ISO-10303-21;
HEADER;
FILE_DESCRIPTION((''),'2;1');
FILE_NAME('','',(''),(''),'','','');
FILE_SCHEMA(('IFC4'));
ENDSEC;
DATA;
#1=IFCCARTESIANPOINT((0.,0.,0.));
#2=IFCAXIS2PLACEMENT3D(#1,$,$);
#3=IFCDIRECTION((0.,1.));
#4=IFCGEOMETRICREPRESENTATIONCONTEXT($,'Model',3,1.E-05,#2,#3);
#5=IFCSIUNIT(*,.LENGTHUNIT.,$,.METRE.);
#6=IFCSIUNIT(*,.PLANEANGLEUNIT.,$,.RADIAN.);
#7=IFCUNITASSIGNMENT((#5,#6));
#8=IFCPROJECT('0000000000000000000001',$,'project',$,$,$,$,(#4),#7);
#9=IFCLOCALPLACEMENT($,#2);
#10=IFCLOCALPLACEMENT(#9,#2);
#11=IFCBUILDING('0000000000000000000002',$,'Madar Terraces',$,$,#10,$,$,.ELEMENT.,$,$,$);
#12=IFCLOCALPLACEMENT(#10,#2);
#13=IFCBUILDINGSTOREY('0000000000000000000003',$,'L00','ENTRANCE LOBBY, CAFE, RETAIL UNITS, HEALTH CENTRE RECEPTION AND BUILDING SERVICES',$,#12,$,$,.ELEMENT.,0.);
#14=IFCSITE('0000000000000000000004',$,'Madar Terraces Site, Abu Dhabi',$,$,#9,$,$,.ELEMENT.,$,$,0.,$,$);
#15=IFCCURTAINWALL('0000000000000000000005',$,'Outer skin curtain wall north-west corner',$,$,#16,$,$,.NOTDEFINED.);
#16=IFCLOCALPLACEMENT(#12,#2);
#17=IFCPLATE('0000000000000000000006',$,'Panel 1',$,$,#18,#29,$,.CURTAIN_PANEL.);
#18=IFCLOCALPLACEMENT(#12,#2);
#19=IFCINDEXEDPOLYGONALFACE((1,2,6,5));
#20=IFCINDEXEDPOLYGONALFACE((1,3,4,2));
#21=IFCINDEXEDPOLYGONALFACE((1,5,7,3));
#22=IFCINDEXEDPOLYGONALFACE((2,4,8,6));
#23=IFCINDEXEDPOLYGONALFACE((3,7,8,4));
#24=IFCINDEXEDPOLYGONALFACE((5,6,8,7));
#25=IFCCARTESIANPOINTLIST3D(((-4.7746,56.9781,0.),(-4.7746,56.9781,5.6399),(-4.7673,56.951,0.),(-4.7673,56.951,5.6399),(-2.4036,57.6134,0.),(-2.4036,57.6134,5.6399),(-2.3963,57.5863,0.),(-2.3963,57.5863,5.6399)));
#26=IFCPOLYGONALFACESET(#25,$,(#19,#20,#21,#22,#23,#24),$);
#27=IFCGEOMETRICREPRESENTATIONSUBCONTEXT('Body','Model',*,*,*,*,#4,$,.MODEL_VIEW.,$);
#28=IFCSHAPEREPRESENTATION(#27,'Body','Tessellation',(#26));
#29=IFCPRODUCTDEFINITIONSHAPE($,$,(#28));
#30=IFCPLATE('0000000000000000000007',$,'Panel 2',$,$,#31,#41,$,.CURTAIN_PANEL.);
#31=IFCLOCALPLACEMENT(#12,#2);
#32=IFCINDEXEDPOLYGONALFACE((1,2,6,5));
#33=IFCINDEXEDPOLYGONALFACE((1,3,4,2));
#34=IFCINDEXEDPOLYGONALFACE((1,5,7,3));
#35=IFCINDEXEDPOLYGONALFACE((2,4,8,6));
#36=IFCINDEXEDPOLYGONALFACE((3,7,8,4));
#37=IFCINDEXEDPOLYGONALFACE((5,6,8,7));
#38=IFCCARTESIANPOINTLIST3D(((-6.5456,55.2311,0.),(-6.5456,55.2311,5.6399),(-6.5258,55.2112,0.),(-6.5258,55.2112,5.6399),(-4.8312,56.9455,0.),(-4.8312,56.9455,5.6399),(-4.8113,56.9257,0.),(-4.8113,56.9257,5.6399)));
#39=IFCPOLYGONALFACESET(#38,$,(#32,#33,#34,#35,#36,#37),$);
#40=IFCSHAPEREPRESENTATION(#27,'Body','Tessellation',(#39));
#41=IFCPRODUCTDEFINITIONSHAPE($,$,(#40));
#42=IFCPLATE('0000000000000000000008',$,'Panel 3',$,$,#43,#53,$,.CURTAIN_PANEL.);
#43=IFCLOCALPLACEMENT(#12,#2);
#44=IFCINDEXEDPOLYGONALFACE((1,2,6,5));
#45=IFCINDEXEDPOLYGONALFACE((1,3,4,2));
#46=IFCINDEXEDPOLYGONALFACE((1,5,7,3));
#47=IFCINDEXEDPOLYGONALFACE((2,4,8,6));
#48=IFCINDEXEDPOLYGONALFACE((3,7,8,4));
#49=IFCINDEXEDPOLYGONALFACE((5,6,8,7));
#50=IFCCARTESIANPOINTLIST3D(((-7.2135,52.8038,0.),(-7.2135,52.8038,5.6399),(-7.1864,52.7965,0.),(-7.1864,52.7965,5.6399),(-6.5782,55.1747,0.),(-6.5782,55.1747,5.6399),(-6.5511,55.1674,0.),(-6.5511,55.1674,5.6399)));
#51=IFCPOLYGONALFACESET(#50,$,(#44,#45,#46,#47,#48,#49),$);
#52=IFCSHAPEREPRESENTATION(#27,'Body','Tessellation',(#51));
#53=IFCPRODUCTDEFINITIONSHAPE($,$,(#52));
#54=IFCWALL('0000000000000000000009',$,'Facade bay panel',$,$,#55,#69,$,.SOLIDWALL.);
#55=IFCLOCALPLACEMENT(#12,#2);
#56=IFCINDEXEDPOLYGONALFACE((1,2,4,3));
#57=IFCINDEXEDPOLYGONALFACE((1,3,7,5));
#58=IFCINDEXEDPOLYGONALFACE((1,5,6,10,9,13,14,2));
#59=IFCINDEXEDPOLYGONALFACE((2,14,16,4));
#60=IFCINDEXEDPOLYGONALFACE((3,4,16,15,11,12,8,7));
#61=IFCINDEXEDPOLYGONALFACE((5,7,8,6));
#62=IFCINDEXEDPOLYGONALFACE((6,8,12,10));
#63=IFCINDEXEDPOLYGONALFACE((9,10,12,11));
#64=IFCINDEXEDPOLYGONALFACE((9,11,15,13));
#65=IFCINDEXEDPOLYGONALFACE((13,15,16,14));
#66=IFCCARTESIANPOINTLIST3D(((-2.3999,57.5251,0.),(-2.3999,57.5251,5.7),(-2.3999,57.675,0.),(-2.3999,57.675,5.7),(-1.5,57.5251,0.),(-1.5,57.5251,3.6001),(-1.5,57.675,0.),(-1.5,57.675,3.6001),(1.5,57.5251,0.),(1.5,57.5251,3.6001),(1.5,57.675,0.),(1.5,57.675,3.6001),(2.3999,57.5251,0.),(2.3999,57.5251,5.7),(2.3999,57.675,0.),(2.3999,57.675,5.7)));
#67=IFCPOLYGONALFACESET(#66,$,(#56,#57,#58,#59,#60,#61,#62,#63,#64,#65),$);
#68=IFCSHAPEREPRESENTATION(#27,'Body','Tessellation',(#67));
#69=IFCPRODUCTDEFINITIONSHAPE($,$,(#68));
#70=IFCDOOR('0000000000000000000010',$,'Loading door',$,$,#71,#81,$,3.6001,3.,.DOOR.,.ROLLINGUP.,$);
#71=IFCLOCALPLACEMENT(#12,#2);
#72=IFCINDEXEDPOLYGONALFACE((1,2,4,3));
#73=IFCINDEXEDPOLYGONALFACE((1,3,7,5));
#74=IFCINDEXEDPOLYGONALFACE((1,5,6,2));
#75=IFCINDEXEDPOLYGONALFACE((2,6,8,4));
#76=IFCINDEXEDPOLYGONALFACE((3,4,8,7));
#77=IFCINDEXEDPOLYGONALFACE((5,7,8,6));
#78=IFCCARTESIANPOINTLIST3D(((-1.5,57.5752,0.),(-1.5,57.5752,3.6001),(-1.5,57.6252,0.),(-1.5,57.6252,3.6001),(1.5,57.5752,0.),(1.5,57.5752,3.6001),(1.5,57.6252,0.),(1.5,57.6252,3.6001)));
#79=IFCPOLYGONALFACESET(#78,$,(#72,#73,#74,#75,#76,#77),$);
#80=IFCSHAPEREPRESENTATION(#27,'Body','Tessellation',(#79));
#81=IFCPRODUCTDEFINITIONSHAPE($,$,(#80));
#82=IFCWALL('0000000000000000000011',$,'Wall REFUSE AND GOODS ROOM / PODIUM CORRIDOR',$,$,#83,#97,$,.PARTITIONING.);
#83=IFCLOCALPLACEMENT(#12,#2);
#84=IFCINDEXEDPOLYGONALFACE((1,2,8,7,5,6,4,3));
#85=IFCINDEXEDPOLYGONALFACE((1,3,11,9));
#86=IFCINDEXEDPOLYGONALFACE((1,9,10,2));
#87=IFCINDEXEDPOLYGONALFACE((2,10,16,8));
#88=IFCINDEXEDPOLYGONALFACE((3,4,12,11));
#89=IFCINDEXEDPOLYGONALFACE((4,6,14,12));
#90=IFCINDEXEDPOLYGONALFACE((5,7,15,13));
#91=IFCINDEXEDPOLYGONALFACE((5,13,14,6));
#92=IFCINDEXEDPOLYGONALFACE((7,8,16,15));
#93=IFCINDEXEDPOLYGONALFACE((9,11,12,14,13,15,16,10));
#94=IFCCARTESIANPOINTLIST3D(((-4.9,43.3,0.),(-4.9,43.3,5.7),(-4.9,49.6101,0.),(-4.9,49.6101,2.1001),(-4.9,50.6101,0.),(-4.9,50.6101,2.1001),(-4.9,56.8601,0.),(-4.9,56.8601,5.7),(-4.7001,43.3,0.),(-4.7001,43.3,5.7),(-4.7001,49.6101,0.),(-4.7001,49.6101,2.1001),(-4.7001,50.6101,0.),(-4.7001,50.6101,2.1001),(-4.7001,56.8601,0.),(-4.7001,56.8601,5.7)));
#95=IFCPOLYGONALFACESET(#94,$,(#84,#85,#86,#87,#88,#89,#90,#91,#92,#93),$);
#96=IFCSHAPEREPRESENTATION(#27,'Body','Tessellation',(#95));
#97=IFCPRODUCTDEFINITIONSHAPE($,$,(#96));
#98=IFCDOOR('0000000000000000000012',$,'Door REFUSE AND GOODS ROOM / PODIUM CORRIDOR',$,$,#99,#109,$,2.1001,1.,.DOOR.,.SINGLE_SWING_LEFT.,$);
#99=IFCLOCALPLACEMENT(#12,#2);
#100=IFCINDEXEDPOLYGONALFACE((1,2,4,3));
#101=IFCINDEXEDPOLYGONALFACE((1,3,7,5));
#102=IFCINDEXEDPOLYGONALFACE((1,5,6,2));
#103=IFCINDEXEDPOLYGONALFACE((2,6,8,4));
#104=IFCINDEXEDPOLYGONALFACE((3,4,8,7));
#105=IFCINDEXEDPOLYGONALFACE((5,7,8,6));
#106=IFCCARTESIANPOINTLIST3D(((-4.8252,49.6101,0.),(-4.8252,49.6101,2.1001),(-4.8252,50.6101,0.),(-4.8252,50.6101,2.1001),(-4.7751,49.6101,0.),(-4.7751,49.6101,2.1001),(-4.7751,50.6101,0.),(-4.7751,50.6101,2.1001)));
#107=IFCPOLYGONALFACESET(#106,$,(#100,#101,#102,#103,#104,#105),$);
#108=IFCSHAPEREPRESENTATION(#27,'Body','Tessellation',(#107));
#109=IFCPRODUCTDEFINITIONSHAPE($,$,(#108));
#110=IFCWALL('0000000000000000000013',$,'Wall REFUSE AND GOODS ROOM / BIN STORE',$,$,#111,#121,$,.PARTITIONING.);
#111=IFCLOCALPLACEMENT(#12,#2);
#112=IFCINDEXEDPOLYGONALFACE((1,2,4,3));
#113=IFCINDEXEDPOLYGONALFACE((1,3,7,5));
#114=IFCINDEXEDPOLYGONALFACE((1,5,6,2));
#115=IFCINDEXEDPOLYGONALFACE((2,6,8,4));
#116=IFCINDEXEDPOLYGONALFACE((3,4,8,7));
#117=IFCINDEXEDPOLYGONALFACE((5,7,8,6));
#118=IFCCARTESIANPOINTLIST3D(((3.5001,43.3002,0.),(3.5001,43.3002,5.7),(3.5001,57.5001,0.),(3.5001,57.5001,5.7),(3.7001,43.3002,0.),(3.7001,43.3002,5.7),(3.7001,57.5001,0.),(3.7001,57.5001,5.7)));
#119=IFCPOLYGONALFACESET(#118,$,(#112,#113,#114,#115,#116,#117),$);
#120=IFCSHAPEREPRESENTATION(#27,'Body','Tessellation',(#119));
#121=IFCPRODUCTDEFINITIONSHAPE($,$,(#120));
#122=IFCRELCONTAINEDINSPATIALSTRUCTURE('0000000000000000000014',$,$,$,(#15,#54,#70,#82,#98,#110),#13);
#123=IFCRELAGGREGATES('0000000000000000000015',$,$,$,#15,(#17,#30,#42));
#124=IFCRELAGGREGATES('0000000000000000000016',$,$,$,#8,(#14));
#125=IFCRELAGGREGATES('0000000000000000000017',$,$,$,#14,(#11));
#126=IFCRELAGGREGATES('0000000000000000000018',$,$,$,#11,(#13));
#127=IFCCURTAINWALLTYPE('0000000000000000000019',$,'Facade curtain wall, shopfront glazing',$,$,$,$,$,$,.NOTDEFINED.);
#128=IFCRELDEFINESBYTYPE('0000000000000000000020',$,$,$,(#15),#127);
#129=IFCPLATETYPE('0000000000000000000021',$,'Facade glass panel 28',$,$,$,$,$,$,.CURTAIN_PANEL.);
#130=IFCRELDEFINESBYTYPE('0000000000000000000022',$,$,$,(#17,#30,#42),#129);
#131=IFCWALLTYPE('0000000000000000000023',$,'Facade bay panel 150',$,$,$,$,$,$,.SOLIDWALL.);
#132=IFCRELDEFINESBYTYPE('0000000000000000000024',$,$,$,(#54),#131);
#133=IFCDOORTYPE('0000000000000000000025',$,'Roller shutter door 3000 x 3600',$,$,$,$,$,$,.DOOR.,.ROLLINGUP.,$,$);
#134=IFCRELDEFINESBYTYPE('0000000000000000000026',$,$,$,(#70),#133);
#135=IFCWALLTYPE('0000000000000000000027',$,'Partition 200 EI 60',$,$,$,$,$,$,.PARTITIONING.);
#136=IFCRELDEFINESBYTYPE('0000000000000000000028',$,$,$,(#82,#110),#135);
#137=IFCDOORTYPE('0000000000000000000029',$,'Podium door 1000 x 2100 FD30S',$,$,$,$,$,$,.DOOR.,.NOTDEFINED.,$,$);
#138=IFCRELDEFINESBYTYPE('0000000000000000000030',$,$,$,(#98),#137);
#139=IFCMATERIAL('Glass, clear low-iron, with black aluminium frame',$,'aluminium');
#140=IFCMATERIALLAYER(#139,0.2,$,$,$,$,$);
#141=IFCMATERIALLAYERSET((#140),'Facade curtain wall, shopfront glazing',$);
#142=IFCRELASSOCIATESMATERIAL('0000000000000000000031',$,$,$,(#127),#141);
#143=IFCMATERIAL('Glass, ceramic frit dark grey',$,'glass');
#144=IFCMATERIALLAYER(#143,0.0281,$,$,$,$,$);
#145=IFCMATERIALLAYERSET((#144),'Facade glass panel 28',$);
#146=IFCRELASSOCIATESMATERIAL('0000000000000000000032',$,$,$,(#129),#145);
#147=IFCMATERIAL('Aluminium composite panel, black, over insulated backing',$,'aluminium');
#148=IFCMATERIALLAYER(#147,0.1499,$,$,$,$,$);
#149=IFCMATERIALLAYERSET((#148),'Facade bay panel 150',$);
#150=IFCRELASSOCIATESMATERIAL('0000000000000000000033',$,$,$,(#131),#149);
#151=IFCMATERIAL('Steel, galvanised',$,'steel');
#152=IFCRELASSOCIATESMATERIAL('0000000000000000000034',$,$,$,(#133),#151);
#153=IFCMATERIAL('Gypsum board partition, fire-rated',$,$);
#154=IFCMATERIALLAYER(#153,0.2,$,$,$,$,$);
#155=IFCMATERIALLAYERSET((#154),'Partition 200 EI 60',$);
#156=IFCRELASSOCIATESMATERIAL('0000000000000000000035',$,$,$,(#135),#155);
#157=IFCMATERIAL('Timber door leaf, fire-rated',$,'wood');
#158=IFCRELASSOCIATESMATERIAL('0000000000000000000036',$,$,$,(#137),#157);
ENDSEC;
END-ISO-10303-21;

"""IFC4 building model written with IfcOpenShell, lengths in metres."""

from ifc_helpers import new_model, si_unit, direction, frame, frame_2d, origin, origin_2d, place, context, subcontext, project, spatial, rectangle, extrude, material, layer, layer_set, type_object, element, fill, aggregate, save


model = new_model("IFC4")

# Units and contexts
model_context = context("Model", 3, precision=1e-05, world=origin(), true_north=direction((0.0, 1.0)))
body_context = subcontext(model_context, "Body", "Model", "MODEL_VIEW")
ifc_project = project(units=[si_unit("LENGTHUNIT", "METRE"), si_unit("PLANEANGLEUNIT", "RADIAN")], contexts=[model_context])

# Site, building, storey
site_placement = place(None, origin())
site = spatial("IfcSite", under=ifc_project, at=site_placement, Name="Madar Terraces Site, Abu Dhabi", CompositionType="ELEMENT", RefElevation=0.0)
building_placement = place(site_placement, origin())
building = spatial("IfcBuilding", under=site, at=building_placement, Name="Madar Terraces", CompositionType="ELEMENT")
storey_placement = place(building_placement, origin())
storey = spatial("IfcBuildingStorey", under=building, at=storey_placement, Name="L00", Description="ENTRANCE LOBBY, CAFE, RETAIL UNITS, HEALTH CENTRE RECEPTION AND BUILDING SERVICES", CompositionType="ELEMENT", Elevation=0.0)

# Shared definitions
ifc_material_1 = material(Name="Glass, clear low-iron, with black aluminium frame", Category="aluminium")
ifc_layer_1 = layer(ifc_material_1, 0.2)
ifc_layer_set_1 = layer_set([ifc_layer_1], Name="Facade curtain wall, shopfront glazing")
curtain_wall_type = type_object("IfcCurtainWallType", Name="Facade curtain wall, shopfront glazing", PredefinedType="NOTDEFINED", material=ifc_layer_set_1)

# Curtain wall
curtain_wall_1_placement = place(storey_placement, origin())
curtain_wall_1 = element("IfcCurtainWall", 1, at=curtain_wall_1_placement, inside=storey, type_object=curtain_wall_type, Name="Outer skin curtain wall north-west corner", PredefinedType="NOTDEFINED")

# Plates
ifc_material_2 = material(Name="Glass, ceramic frit dark grey", Category="glass")
ifc_layer_2 = layer(ifc_material_2, 0.0281)
ifc_layer_set_2 = layer_set([ifc_layer_2], Name="Facade glass panel 28")
plate_type = type_object("IfcPlateType", Name="Facade glass panel 28", PredefinedType="CURTAIN_PANEL", material=ifc_layer_set_2)
plate_1_placement = place(storey_placement, frame((-3.5854, 57.2822, 0.0), z_axis=(0.0, 0.0, 1.0), x_axis=(-0.965926, -0.258819, 0.0)))
plate_1 = element("IfcPlate", 2, at=plate_1_placement, type_object=plate_type, Name="Panel 1", PredefinedType="CURTAIN_PANEL", context=body_context, shape_type="SweptSolid", body=[
    extrude(rectangle(XDim=2.4546, YDim=0.0281, at=origin_2d()), origin(), (0.0, 0.0, 1.0), 5.6399),
])
plate_2_placement = place(storey_placement, frame((-5.6785, 56.0784, 0.0), z_axis=(0.0, 0.0, 1.0), x_axis=(-0.707107, -0.707107, 0.0)))
plate_2 = element("IfcPlate", 3, at=plate_2_placement, type_object=plate_type, Name="Panel 2", PredefinedType="CURTAIN_PANEL", context=body_context, shape_type="SweptSolid", body=[
    extrude(rectangle(XDim=2.4246, YDim=0.0281, at=origin_2d()), origin(), (0.0, 0.0, 1.0), 5.6399),
])
plate_3_placement = place(storey_placement, frame((-6.8823, 53.9856, 0.0), z_axis=(0.0, 0.0, 1.0), x_axis=(-0.258819, -0.965926, 0.0)))
plate_3 = element("IfcPlate", 4, at=plate_3_placement, type_object=plate_type, Name="Panel 3", PredefinedType="CURTAIN_PANEL", context=body_context, shape_type="SweptSolid", body=[
    extrude(rectangle(XDim=2.4546, YDim=0.0281, at=origin_2d()), origin(), (0.0, 0.0, 1.0), 5.6399),
])
aggregate(curtain_wall_1, [plate_1, plate_2, plate_3])

# Walls, openings, doors
ifc_material_3 = material(Name="Aluminium composite panel, black, over insulated backing", Category="aluminium")
ifc_layer_3 = layer(ifc_material_3, 0.1499)
ifc_layer_set_3 = layer_set([ifc_layer_3], Name="Facade bay panel 150")
wall_type_1 = type_object("IfcWallType", Name="Facade bay panel 150", PredefinedType="SOLIDWALL", material=ifc_layer_set_3)
wall_1_placement = place(storey_placement, frame((2.3999, 57.6001, 0.0), z_axis=(0.0, 0.0, 1.0), x_axis=(-1.0, 0.0, 0.0)))
wall_1 = element("IfcWall", 5, at=wall_1_placement, inside=storey, type_object=wall_type_1, Name="Facade bay panel", PredefinedType="SOLIDWALL", context=body_context, shape_type="SweptSolid", body=[
    extrude(rectangle(XDim=4.7998, YDim=0.1499, at=frame_2d((2.3999, 0.0))), origin(), (0.0, 0.0, 1.0), 5.7),
])
opening_1_placement = place(wall_1_placement, frame((0.8999, 0.0, 0.0)))
opening_1 = element("IfcOpeningElement", 6, at=opening_1_placement, cuts=wall_1, PredefinedType="OPENING", context=body_context, shape_type="SweptSolid", body=[
    extrude(rectangle(XDim=3.0, YDim=3.6001, at=frame_2d((1.5, 1.8))), frame((0.0, 0.085, 0.0), z_axis=(0.0, -1.0, 0.0), x_axis=(1.0, 0.0, 0.0)), (0.0, 0.0, 1.0), 0.1699),
])
ifc_material_4 = material(Name="Steel, galvanised", Category="steel")
door_type_1 = type_object("IfcDoorType", Name="Roller shutter door 3000 x 3600", OperationType="ROLLINGUP", PredefinedType="DOOR", material=ifc_material_4)
door_1_placement = place(opening_1_placement, origin())
door_1 = element("IfcDoor", 7, at=door_1_placement, inside=storey, type_object=door_type_1, Name="Loading door", OperationType="ROLLINGUP", OverallHeight=3.6001, OverallWidth=3.0, PredefinedType="DOOR", context=body_context, shape_type="SweptSolid", body=[
    extrude(rectangle(XDim=3.0, YDim=3.6001, at=frame_2d((1.5, 1.8))), frame((0.0, 0.0249, 0.0), z_axis=(0.0, -1.0, 0.0), x_axis=(1.0, 0.0, 0.0)), (0.0, 0.0, 1.0), 0.05),
])
fill(opening_1, door_1)
ifc_material_5 = material(Name="Gypsum board partition, fire-rated")
ifc_layer_4 = layer(ifc_material_5, 0.2)
ifc_layer_set_4 = layer_set([ifc_layer_4], Name="Partition 200 EI 60")
wall_type_2 = type_object("IfcWallType", Name="Partition 200 EI 60", PredefinedType="PARTITIONING", material=ifc_layer_set_4)
wall_2_placement = place(storey_placement, frame((-4.8, 56.8601, 0.0), z_axis=(0.0, 0.0, 1.0), x_axis=(0.0, -1.0, 0.0)))
wall_2 = element("IfcWall", 8, at=wall_2_placement, inside=storey, type_object=wall_type_2, Name="Wall REFUSE AND GOODS ROOM / PODIUM CORRIDOR", PredefinedType="PARTITIONING", context=body_context, shape_type="SweptSolid", body=[
    extrude(rectangle(XDim=13.5601, YDim=0.2, at=frame_2d((6.78, 0.0))), origin(), (0.0, 0.0, 1.0), 5.7),
])
opening_2_placement = place(wall_2_placement, frame((6.25, 0.0, 0.0)))
opening_2 = element("IfcOpeningElement", 9, at=opening_2_placement, cuts=wall_2, PredefinedType="OPENING", context=body_context, shape_type="SweptSolid", body=[
    extrude(rectangle(XDim=1.0, YDim=2.1001, at=frame_2d((0.5, 1.05))), frame((0.0, 0.1099, 0.0), z_axis=(0.0, -1.0, 0.0), x_axis=(1.0, 0.0, 0.0)), (0.0, 0.0, 1.0), 0.22),
])
ifc_material_6 = material(Name="Timber door leaf, fire-rated", Category="wood")
door_type_2 = type_object("IfcDoorType", Name="Podium door 1000 x 2100 FD30S", OperationType="NOTDEFINED", PredefinedType="DOOR", material=ifc_material_6)
door_2_placement = place(opening_2_placement, origin())
door_2 = element("IfcDoor", 10, at=door_2_placement, inside=storey, type_object=door_type_2, Name="Door REFUSE AND GOODS ROOM / PODIUM CORRIDOR", OperationType="SINGLE_SWING_LEFT", OverallHeight=2.1001, OverallWidth=1.0, PredefinedType="DOOR", context=body_context, shape_type="SweptSolid", body=[
    extrude(rectangle(XDim=1.0, YDim=2.1001, at=frame_2d((0.5, 1.05))), frame((0.0, 0.0249, 0.0), z_axis=(0.0, -1.0, 0.0), x_axis=(1.0, 0.0, 0.0)), (0.0, 0.0, 1.0), 0.05),
])
fill(opening_2, door_2)

# Wall
wall_3_placement = place(storey_placement, frame((3.6001, 43.3, 0.0), z_axis=(0.0, 0.0, 1.0), x_axis=(0.0, 1.0, 0.0)))
element("IfcWall", 11, at=wall_3_placement, inside=storey, type_object=wall_type_2, Name="Wall REFUSE AND GOODS ROOM / BIN STORE", PredefinedType="PARTITIONING", context=body_context, shape_type="SweptSolid", body=[
    extrude(rectangle(XDim=14.2, YDim=0.2, at=frame_2d((7.1001, 0.0))), origin(), (0.0, 0.0, 1.0), 5.7),
])

save(model, "model.ifc")
